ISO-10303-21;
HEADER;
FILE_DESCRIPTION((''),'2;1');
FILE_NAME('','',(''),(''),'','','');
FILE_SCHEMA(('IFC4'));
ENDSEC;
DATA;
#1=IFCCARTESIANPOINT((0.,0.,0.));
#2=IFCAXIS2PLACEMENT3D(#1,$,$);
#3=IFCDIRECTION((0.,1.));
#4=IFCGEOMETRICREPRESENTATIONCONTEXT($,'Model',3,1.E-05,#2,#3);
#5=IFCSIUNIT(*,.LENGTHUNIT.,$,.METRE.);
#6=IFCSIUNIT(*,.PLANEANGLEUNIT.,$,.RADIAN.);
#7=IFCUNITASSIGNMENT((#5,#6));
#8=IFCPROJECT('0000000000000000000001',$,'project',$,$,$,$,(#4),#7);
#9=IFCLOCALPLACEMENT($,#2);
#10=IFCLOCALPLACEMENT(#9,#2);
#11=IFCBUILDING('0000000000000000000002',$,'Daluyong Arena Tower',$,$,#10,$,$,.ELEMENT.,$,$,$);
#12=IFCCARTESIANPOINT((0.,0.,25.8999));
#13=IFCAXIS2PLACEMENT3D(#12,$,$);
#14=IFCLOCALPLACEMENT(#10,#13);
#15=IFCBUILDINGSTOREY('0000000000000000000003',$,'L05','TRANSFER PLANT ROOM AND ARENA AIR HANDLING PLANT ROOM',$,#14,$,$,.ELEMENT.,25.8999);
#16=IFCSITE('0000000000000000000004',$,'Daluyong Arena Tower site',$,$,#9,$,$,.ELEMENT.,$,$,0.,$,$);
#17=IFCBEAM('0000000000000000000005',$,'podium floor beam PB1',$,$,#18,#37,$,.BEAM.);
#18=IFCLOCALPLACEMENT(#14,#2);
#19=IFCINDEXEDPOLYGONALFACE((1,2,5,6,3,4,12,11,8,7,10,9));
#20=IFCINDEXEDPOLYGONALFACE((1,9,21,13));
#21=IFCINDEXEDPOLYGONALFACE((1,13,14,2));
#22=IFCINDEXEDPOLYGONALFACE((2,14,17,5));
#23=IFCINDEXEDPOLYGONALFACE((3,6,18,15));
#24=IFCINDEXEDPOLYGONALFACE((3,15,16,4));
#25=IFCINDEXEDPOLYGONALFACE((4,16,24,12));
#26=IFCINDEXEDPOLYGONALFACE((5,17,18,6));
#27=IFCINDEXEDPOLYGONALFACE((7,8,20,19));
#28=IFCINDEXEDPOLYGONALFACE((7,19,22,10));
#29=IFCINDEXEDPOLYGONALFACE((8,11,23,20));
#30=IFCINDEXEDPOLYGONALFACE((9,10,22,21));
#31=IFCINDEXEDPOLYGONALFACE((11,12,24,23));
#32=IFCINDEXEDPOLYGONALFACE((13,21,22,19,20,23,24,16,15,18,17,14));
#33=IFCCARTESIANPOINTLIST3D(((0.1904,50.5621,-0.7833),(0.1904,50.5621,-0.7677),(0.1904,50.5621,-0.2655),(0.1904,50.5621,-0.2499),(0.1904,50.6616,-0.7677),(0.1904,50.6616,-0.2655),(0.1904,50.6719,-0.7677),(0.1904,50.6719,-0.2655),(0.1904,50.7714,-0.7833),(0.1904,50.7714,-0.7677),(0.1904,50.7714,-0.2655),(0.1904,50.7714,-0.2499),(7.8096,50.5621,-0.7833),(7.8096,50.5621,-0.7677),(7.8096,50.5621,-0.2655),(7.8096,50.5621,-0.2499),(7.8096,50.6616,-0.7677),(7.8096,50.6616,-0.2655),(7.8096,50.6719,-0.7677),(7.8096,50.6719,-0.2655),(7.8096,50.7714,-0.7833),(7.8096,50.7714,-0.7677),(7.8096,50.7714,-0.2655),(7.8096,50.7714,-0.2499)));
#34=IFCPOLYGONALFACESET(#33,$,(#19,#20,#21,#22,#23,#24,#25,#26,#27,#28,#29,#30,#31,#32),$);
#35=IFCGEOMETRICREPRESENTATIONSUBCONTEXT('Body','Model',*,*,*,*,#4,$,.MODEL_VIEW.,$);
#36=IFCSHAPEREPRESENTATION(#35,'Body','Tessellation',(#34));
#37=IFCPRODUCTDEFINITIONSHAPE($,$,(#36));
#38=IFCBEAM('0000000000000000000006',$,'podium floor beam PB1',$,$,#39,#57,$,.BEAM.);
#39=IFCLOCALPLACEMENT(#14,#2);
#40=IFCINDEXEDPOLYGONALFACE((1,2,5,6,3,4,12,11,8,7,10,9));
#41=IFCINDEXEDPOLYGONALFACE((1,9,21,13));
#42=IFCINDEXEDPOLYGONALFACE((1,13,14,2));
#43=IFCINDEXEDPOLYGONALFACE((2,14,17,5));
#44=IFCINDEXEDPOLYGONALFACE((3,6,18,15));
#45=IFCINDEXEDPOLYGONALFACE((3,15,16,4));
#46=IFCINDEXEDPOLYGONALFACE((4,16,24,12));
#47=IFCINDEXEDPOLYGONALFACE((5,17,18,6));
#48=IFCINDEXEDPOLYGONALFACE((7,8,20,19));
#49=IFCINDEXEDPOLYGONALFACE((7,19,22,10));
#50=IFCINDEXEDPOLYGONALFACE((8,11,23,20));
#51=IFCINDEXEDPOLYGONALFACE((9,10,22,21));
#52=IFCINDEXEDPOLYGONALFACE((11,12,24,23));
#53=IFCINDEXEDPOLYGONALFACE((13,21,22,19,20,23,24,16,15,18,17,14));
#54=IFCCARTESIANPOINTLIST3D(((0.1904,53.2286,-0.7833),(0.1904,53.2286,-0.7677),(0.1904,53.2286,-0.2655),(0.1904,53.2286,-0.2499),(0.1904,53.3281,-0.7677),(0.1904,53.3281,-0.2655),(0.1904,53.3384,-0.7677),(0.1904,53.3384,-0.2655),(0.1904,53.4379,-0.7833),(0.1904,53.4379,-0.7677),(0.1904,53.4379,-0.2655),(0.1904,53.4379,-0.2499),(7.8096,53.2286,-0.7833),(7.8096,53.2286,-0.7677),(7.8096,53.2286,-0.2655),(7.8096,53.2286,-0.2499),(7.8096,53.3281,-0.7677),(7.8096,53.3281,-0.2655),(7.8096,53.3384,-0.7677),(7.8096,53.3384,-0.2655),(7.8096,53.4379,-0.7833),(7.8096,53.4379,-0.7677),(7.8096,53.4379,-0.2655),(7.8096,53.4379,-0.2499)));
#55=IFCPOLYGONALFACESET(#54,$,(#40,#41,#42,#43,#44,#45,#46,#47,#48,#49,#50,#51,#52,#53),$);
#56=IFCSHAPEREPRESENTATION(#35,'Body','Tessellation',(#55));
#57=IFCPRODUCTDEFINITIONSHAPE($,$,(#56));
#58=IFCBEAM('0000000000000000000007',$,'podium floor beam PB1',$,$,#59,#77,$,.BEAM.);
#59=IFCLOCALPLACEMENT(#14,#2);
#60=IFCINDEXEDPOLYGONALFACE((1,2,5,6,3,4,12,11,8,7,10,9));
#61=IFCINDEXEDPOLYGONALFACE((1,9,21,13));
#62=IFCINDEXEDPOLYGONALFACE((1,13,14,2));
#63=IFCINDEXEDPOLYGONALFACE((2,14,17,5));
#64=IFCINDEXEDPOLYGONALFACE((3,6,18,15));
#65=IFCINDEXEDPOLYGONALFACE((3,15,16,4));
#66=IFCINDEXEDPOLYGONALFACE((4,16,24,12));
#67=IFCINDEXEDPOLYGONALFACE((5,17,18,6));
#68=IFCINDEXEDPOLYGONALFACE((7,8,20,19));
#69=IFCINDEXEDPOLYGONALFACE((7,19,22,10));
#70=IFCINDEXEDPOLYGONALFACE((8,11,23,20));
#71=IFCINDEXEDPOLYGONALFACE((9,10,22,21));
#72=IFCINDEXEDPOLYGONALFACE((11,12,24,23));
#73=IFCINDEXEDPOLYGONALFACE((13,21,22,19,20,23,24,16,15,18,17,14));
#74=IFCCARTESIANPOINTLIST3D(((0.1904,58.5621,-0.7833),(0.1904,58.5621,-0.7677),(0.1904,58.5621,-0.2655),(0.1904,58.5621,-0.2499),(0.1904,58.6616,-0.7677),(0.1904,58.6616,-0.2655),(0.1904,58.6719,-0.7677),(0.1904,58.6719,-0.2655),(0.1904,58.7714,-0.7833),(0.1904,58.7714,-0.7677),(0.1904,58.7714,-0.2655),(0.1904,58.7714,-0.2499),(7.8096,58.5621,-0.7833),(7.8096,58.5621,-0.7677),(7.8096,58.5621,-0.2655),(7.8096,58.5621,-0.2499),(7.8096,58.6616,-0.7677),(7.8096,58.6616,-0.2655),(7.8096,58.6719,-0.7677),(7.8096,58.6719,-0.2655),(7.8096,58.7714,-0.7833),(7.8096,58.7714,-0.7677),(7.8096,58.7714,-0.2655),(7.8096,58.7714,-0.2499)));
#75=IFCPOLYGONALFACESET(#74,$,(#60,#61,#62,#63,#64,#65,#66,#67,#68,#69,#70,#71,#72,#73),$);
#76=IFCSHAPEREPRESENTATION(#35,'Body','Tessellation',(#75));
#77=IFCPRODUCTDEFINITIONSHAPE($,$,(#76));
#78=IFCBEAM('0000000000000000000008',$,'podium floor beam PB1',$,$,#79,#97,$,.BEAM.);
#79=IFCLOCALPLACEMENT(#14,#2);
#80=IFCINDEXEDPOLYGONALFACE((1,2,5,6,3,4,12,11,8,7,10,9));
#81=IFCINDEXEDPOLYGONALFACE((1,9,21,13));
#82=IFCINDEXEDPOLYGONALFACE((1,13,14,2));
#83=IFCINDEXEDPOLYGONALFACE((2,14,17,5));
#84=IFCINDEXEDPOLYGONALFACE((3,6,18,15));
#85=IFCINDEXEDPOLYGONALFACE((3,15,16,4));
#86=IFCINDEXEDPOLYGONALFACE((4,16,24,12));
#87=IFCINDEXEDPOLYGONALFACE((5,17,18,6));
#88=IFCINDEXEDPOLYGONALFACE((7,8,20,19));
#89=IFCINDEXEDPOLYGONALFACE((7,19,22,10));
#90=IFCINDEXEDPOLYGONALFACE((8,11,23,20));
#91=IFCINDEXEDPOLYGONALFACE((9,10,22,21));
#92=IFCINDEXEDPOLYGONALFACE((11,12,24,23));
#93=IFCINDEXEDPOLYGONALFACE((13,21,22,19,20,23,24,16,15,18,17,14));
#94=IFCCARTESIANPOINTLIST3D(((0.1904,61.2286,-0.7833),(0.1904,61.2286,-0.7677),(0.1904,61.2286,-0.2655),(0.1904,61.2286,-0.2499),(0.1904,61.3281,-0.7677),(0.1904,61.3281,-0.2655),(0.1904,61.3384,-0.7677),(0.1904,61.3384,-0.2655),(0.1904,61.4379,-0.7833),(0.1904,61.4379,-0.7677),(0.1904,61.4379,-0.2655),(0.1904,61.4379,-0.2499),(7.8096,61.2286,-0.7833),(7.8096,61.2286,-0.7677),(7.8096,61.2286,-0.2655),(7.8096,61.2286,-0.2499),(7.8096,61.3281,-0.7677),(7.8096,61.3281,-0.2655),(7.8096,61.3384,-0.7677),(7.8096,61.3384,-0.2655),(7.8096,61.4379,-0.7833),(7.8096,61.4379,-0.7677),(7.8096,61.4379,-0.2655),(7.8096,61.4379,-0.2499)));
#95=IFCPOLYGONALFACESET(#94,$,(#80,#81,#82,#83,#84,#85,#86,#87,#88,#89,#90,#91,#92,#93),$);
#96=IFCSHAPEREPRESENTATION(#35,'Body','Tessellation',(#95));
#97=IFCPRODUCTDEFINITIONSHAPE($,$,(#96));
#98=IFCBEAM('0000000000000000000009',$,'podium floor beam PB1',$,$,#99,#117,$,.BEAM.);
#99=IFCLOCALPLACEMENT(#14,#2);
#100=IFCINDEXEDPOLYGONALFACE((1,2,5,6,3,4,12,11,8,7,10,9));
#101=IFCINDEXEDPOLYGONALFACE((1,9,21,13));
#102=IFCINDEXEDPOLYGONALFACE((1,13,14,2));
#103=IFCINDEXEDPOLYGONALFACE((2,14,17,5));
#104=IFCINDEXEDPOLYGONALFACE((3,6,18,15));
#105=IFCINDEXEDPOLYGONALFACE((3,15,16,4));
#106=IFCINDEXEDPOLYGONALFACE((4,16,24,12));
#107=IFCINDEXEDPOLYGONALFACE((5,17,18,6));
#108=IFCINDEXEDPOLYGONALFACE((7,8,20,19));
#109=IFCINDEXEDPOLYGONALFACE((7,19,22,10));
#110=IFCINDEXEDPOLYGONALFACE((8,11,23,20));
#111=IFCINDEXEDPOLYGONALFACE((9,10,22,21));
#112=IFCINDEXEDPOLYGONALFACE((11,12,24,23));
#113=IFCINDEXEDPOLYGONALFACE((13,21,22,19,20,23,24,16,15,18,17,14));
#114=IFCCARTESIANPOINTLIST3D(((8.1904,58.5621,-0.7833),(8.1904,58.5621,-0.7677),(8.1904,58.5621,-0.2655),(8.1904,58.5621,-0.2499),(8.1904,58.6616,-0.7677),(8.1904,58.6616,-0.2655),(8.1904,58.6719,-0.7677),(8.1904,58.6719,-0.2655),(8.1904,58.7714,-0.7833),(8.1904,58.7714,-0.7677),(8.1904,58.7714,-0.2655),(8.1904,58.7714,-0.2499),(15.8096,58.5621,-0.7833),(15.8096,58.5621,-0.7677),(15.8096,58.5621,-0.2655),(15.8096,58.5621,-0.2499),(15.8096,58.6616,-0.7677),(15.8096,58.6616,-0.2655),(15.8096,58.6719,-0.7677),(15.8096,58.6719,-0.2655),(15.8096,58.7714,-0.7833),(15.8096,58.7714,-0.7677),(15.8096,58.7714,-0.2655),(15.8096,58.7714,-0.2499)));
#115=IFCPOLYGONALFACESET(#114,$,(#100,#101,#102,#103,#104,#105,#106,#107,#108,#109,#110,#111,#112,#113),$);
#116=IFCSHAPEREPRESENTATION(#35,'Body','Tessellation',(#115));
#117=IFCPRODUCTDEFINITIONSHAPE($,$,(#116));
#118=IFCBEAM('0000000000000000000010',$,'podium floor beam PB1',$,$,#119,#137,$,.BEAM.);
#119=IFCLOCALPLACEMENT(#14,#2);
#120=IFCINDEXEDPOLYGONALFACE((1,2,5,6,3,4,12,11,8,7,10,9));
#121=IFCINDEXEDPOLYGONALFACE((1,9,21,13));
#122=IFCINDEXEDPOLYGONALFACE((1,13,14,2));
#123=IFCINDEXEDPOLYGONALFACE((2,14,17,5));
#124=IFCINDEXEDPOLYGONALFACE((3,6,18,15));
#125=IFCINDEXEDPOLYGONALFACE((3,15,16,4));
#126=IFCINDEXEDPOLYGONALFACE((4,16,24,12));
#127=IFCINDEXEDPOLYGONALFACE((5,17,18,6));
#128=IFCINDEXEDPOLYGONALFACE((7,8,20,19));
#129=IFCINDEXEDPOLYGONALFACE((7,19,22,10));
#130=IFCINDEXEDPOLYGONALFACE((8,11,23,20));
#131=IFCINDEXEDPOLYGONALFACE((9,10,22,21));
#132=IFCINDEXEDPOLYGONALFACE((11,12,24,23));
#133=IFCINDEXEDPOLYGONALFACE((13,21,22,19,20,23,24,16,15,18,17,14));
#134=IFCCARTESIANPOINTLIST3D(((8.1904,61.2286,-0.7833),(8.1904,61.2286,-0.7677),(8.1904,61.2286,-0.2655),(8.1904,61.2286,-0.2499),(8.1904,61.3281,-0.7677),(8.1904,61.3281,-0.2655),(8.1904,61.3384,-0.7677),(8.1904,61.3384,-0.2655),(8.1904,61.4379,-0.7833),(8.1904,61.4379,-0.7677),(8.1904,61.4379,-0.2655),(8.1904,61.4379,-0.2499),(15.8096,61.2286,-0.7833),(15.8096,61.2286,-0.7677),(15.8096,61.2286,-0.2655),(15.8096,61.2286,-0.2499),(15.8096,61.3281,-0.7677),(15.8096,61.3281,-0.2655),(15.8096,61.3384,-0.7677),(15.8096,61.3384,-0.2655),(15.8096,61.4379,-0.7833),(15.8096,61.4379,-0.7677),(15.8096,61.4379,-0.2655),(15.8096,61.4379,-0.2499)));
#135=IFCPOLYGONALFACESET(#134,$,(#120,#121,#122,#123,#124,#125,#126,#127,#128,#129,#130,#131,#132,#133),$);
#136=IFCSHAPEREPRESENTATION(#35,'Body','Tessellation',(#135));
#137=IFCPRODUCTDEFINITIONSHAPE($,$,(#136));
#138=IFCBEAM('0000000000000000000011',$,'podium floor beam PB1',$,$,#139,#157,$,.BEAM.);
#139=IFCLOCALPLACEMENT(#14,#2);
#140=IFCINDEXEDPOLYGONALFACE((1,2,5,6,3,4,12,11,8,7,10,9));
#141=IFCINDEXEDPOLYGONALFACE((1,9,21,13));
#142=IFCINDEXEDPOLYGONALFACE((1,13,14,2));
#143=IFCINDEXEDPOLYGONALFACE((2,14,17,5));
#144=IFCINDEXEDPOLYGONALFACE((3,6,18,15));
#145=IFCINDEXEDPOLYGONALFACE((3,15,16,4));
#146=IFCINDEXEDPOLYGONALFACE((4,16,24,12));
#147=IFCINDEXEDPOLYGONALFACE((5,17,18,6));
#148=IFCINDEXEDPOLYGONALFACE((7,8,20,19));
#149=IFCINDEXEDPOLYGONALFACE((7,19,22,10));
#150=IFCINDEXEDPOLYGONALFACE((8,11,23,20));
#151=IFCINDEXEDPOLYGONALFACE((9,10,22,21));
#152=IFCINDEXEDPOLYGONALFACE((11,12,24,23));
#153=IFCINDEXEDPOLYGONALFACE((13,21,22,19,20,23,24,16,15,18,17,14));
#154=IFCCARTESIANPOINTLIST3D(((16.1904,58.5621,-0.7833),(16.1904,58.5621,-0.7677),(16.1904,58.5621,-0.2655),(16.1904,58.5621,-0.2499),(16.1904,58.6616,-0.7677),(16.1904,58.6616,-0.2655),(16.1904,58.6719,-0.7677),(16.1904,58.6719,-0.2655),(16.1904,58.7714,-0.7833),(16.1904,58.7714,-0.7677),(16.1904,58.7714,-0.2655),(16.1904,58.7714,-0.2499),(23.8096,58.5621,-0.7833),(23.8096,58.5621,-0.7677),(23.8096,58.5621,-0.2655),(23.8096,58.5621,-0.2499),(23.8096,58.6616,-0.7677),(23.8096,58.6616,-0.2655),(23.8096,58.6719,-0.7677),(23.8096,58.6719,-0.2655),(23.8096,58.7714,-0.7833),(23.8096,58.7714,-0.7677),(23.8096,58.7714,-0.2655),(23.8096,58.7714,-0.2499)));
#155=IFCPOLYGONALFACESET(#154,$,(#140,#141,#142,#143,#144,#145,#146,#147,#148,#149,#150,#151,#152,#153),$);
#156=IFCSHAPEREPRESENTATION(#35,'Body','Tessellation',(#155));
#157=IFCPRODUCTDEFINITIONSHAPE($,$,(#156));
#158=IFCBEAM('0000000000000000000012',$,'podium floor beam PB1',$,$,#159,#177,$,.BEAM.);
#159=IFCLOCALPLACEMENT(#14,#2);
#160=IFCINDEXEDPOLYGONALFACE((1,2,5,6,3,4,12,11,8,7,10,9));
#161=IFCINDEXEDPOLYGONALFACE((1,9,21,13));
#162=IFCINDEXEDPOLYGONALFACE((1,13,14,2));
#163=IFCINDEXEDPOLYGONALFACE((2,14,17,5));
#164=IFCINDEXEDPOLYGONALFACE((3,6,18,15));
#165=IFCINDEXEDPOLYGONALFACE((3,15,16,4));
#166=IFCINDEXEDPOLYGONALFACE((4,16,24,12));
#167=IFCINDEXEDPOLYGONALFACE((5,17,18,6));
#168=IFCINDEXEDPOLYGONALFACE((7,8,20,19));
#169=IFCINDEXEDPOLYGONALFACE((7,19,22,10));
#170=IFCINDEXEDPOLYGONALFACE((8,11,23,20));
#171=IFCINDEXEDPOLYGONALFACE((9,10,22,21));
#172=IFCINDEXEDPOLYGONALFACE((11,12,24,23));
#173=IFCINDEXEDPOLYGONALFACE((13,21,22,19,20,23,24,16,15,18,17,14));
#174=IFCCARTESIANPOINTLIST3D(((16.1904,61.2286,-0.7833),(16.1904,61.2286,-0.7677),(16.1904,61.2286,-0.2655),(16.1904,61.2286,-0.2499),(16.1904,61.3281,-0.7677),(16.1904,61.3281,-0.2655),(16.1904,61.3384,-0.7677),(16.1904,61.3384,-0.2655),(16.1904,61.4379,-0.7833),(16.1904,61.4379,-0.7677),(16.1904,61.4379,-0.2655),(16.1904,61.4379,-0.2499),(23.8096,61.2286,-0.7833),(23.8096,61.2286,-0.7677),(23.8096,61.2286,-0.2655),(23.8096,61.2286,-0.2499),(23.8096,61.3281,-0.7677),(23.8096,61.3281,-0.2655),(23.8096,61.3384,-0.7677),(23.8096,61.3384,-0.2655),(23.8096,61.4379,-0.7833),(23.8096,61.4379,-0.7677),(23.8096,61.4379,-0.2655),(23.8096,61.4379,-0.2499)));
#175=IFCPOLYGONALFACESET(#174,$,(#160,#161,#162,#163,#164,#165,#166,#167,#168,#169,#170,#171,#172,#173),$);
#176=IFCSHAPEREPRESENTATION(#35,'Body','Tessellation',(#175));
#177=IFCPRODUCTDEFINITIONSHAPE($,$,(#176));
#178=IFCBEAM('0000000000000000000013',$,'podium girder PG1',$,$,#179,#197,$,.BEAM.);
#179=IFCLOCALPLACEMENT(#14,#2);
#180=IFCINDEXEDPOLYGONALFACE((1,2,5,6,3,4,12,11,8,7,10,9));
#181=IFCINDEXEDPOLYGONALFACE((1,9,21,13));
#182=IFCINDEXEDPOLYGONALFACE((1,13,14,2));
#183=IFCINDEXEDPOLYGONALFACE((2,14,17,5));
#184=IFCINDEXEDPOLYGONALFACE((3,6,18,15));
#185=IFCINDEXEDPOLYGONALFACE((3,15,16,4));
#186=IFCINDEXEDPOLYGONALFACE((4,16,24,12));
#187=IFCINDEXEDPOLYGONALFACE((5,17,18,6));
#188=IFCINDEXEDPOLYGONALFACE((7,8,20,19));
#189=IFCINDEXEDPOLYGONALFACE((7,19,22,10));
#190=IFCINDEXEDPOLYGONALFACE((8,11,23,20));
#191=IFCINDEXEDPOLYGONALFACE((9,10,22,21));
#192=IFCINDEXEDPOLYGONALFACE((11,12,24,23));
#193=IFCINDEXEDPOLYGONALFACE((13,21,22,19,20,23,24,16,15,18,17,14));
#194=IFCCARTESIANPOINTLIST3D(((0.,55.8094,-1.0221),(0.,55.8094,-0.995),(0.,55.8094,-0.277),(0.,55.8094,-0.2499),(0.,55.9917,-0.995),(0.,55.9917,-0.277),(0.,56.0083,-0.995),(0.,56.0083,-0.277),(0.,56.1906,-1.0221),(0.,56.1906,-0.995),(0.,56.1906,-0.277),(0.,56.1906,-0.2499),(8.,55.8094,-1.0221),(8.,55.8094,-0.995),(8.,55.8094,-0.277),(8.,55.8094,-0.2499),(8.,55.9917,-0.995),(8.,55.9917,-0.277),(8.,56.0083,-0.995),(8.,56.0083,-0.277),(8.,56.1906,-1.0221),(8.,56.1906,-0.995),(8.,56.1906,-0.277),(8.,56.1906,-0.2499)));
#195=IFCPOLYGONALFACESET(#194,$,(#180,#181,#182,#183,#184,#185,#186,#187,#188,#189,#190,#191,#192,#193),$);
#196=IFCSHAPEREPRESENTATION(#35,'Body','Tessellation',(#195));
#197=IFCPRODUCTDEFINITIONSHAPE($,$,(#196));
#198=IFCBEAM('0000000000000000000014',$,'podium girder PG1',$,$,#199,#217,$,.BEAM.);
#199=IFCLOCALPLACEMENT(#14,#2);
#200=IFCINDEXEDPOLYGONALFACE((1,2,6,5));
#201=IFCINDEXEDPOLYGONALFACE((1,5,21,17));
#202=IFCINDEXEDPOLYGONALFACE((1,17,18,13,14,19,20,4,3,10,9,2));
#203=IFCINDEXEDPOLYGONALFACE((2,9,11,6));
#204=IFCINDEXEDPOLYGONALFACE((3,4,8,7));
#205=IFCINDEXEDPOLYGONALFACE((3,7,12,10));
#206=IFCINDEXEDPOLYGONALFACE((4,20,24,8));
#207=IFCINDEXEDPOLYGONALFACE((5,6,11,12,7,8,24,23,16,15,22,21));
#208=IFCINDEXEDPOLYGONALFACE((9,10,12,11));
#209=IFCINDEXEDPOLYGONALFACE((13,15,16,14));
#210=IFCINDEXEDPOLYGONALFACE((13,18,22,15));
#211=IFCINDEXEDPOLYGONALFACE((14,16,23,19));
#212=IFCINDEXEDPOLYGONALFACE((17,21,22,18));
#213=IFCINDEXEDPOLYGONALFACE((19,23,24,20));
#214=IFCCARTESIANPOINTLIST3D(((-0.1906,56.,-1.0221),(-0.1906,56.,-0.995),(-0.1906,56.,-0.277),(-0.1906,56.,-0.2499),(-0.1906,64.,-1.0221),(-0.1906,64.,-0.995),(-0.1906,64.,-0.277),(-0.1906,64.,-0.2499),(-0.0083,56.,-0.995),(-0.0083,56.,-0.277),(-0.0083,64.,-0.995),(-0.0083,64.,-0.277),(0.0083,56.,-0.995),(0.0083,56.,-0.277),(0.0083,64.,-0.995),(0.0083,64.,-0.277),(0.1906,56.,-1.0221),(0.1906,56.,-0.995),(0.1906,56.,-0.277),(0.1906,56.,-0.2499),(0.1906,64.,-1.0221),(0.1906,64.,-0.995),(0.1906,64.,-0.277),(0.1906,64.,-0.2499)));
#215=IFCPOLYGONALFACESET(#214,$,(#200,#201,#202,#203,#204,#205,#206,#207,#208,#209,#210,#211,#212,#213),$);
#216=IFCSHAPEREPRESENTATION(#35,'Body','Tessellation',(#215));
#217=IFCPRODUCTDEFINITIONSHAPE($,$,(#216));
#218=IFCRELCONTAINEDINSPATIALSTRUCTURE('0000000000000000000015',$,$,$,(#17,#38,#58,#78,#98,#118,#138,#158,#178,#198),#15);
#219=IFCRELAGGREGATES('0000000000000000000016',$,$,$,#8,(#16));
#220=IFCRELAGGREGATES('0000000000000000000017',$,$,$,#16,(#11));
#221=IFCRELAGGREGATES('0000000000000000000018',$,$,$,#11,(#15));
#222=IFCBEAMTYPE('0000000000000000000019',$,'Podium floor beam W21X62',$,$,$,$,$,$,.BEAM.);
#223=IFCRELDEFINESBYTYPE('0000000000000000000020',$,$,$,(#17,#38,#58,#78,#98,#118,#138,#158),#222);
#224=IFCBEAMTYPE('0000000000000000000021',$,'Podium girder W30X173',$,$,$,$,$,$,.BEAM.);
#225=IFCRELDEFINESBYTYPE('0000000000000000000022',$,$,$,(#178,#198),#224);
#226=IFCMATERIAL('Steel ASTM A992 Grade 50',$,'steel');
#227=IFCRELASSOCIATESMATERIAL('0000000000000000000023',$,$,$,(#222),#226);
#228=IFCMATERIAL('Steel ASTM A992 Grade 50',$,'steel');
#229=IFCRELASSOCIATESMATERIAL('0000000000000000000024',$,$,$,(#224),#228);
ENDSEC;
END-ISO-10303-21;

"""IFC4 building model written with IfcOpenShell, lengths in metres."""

from ifc_helpers import new_model, si_unit, direction, frame, origin, origin_2d, place, context, subcontext, project, spatial, i_section, extrude, material, material_profile, profile_set, type_object, element, save


model = new_model("IFC4")

# Units and contexts
model_context = context("Model", 3, precision=1e-05, world=origin(), true_north=direction((0.0, 1.0)))
body_context = subcontext(model_context, "Body", "Model", "MODEL_VIEW")
ifc_project = project(units=[si_unit("LENGTHUNIT", "METRE"), si_unit("PLANEANGLEUNIT", "RADIAN")], contexts=[model_context])

# Site, building, storey
site_placement = place(None, origin())
site = spatial("IfcSite", under=ifc_project, at=site_placement, Name="Daluyong Arena Tower site", CompositionType="ELEMENT", RefElevation=0.0)
building_placement = place(site_placement, origin())
building = spatial("IfcBuilding", under=site, at=building_placement, Name="Daluyong Arena Tower", CompositionType="ELEMENT")
storey_placement = place(building_placement, frame((0.0, 0.0, 25.8999)))
storey = spatial("IfcBuildingStorey", under=building, at=storey_placement, Name="L05", Description="TRANSFER PLANT ROOM AND ARENA AIR HANDLING PLANT ROOM", CompositionType="ELEMENT", Elevation=25.8999)

# Beams
ifc_material_1 = material(Name="Steel ASTM A992 Grade 50", Category="steel")
ifc_material_profile_1 = material_profile(ifc_material_1, i_section(OverallWidth=0.2092, OverallDepth=0.5334, WebThickness=0.0103, FlangeThickness=0.0156, at=origin_2d()))
ifc_profile_set_1 = profile_set([ifc_material_profile_1], Name="Steel ASTM A992 Grade 50")
beam_type_1 = type_object("IfcBeamType", Name="Podium floor beam W21X62", PredefinedType="BEAM", material=ifc_profile_set_1)
for number, where, z_axis, x_axis, name in (
    (1, (0.1904, 50.6667, -0.5166), (1.0, 0.0, 0.0), (0.0, 1.0, 0.0), "podium floor beam PB1"),
    (2, (0.1904, 53.3333, -0.5166), (1.0, 0.0, 0.0), (0.0, 1.0, 0.0), "podium floor beam PB1"),
    (3, (0.1904, 58.6667, -0.5166), (1.0, 0.0, 0.0), (0.0, 1.0, 0.0), "podium floor beam PB1"),
    (4, (0.1904, 61.3333, -0.5166), (1.0, 0.0, 0.0), (0.0, 1.0, 0.0), "podium floor beam PB1"),
    (5, (8.1904, 58.6667, -0.5166), (1.0, 0.0, 0.0), (0.0, 1.0, 0.0), "podium floor beam PB1"),
    (6, (8.1904, 61.3333, -0.5166), (1.0, 0.0, 0.0), (0.0, 1.0, 0.0), "podium floor beam PB1"),
    (7, (16.1904, 58.6667, -0.5166), (1.0, 0.0, 0.0), (0.0, 1.0, 0.0), "podium floor beam PB1"),
    (8, (16.1904, 61.3333, -0.5166), (1.0, 0.0, 0.0), (0.0, 1.0, 0.0), "podium floor beam PB1"),
):
    element("IfcBeam", number, at=place(storey_placement, frame(where, z_axis=z_axis, x_axis=x_axis)), inside=storey, type_object=beam_type_1, Name=name, PredefinedType="BEAM", context=body_context, shape_type="SweptSolid", body=[
        extrude(i_section(OverallWidth=0.2092, OverallDepth=0.5334, WebThickness=0.0103, FlangeThickness=0.0156, at=origin_2d()), origin(), (0.0, 0.0, 1.0), 7.6191),
    ])
ifc_material_2 = material(Name="Steel ASTM A992 Grade 50", Category="steel")
ifc_material_profile_2 = material_profile(ifc_material_2, i_section(OverallWidth=0.3811, OverallDepth=0.7722, WebThickness=0.0166, FlangeThickness=0.0271, at=origin_2d()))
ifc_profile_set_2 = profile_set([ifc_material_profile_2], Name="Steel ASTM A992 Grade 50")
beam_type_2 = type_object("IfcBeamType", Name="Podium girder W30X173", PredefinedType="BEAM", material=ifc_profile_set_2)
for number, where, z_axis, x_axis, name in (
    (9, (0.0, 56.0, -0.636), (1.0, 0.0, 0.0), (0.0, 1.0, 0.0), "podium girder PG1"),
    (10, (0.0, 56.0, -0.636), (0.0, 1.0, 0.0), (-1.0, 0.0, 0.0), "podium girder PG1"),
):
    element("IfcBeam", number, at=place(storey_placement, frame(where, z_axis=z_axis, x_axis=x_axis)), inside=storey, type_object=beam_type_2, Name=name, PredefinedType="BEAM", context=body_context, shape_type="SweptSolid", body=[
        extrude(i_section(OverallWidth=0.3811, OverallDepth=0.7722, WebThickness=0.0166, FlangeThickness=0.0271, at=origin_2d()), origin(), (0.0, 0.0, 1.0), 8.0),
    ])

save(model, "model.ifc")
